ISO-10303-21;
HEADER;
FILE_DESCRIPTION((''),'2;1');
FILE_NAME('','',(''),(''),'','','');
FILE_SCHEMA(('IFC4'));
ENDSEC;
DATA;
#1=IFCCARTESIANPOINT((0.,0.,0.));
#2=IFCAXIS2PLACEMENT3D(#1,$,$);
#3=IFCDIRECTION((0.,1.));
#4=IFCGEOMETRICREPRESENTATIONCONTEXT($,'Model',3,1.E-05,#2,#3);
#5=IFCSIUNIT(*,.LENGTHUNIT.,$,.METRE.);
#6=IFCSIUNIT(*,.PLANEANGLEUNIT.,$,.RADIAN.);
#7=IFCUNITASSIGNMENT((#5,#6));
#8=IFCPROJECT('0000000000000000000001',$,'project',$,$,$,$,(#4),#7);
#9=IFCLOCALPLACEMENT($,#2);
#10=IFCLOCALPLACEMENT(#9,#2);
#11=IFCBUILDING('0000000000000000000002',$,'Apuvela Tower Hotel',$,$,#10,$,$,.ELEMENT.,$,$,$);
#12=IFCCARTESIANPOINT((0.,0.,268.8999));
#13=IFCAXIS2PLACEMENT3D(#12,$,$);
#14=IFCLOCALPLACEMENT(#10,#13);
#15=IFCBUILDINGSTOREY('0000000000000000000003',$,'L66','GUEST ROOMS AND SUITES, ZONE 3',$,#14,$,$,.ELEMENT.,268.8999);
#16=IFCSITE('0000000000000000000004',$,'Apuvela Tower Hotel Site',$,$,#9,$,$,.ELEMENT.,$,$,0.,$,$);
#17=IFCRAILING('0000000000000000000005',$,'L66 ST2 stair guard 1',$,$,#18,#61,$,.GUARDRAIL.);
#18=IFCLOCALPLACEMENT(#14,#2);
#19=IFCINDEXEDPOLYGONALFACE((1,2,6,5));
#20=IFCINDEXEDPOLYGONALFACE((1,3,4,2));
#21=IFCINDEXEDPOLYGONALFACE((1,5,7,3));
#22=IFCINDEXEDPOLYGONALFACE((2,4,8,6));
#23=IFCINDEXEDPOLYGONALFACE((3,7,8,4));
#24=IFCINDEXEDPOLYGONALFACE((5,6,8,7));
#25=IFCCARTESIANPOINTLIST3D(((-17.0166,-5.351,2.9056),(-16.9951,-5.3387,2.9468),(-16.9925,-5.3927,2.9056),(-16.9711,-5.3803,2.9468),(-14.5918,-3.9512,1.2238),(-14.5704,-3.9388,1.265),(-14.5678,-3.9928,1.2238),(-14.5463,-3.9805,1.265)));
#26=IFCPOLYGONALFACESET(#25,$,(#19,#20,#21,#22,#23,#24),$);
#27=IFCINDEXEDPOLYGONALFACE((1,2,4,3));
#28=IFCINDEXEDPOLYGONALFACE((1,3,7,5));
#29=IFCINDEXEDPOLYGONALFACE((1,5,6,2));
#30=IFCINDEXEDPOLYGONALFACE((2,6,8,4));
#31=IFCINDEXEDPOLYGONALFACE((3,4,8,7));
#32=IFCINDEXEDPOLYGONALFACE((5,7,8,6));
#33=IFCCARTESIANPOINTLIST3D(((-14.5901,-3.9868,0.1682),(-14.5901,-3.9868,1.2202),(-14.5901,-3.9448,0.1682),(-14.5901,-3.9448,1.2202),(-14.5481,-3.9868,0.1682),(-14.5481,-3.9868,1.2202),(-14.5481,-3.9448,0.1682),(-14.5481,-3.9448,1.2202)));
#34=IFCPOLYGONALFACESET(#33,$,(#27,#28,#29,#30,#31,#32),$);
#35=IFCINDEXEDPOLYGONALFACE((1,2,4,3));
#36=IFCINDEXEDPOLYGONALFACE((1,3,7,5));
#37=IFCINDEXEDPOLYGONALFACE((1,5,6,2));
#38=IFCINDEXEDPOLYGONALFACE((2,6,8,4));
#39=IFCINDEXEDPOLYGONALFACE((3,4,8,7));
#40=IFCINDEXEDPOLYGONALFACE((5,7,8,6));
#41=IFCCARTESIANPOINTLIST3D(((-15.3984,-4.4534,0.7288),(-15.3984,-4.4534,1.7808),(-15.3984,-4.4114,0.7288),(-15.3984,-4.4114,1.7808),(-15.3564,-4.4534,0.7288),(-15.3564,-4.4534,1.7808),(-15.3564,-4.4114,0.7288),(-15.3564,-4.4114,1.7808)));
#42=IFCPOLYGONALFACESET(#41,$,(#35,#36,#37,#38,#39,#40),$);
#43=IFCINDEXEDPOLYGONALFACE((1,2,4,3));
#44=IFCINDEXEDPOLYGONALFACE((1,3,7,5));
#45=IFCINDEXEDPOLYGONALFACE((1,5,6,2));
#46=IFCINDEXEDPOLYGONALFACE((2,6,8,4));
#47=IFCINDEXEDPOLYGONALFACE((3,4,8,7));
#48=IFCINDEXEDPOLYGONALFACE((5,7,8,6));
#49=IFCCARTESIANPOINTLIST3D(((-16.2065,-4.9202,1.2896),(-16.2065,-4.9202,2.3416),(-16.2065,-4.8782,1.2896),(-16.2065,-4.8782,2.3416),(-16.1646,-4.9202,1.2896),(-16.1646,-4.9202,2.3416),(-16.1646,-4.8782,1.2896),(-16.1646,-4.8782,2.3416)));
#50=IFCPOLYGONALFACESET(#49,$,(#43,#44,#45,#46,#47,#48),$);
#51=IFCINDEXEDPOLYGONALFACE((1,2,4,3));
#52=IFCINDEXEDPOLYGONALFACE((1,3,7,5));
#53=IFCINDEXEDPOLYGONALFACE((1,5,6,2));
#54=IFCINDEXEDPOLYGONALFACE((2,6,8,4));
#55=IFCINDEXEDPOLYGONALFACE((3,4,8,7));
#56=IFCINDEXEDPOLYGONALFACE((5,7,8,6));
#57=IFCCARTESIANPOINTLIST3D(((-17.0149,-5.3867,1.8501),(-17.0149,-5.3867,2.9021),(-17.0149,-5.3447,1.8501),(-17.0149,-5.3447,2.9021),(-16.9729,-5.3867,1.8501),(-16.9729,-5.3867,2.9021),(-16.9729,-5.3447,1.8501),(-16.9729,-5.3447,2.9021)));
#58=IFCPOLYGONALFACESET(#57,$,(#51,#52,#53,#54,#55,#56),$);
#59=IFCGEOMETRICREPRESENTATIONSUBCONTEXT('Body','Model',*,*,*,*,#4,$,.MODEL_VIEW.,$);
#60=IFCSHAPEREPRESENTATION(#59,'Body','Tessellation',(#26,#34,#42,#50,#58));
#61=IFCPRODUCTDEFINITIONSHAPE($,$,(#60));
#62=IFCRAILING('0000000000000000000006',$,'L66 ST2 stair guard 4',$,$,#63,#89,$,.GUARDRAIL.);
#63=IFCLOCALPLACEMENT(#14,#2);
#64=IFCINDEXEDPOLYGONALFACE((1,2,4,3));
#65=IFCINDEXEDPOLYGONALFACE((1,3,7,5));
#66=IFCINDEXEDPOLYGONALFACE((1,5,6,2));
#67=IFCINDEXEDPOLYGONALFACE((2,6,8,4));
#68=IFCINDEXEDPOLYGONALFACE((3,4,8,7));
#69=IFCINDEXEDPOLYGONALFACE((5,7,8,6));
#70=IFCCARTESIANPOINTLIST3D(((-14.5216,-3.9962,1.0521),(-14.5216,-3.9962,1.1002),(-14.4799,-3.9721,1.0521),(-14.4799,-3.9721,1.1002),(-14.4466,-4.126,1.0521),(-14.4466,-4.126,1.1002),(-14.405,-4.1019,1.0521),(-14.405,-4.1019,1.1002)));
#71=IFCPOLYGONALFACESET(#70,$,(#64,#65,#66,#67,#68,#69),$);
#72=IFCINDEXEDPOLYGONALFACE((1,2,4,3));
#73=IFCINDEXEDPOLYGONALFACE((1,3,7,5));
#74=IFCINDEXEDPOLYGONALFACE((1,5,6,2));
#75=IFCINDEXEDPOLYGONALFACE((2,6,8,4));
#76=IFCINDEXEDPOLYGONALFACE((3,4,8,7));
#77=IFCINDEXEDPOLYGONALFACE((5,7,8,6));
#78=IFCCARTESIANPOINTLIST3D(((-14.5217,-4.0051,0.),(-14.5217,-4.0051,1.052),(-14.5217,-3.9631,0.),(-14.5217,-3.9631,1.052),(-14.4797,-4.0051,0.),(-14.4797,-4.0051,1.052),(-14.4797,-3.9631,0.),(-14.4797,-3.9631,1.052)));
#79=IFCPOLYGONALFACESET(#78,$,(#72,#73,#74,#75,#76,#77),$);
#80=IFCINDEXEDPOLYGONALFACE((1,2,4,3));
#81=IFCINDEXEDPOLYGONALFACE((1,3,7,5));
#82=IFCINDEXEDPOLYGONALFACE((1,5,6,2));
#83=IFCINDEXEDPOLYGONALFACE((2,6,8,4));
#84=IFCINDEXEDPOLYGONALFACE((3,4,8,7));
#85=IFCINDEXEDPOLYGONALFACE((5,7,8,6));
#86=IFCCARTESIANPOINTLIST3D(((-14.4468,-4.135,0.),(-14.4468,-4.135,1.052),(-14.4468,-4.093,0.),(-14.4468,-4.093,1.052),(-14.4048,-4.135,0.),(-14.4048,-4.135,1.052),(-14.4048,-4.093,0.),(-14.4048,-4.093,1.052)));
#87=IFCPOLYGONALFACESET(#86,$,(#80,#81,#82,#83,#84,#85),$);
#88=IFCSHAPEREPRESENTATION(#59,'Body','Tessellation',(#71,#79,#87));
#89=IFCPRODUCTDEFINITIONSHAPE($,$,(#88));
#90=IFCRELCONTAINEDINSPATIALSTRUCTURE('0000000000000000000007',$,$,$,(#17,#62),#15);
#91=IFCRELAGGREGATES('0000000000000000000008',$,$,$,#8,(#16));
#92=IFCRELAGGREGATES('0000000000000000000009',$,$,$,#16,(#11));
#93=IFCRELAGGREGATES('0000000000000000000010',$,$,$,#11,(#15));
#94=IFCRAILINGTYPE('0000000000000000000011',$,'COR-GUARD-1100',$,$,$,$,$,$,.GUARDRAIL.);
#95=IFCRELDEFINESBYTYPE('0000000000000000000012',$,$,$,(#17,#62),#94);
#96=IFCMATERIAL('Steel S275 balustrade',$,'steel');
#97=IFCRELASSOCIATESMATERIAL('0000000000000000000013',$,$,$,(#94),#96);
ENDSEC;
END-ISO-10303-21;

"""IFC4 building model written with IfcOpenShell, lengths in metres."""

from ifc_helpers import new_model, si_unit, direction, frame, origin, origin_2d, place, context, subcontext, project, spatial, rectangle, extrude, material, type_object, element, save


model = new_model("IFC4")

# Units and contexts
model_context = context("Model", 3, precision=1e-05, world=origin(), true_north=direction((0.0, 1.0)))
body_context = subcontext(model_context, "Body", "Model", "MODEL_VIEW")
ifc_project = project(units=[si_unit("LENGTHUNIT", "METRE"), si_unit("PLANEANGLEUNIT", "RADIAN")], contexts=[model_context])

# Site, building, storey
site_placement = place(None, origin())
site = spatial("IfcSite", under=ifc_project, at=site_placement, Name="Apuvela Tower Hotel Site", CompositionType="ELEMENT", RefElevation=0.0)
building_placement = place(site_placement, origin())
building = spatial("IfcBuilding", under=site, at=building_placement, Name="Apuvela Tower Hotel", CompositionType="ELEMENT")
storey_placement = place(building_placement, frame((0.0, 0.0, 268.8999)))
storey = spatial("IfcBuildingStorey", under=building, at=storey_placement, Name="L66", Description="GUEST ROOMS AND SUITES, ZONE 3", CompositionType="ELEMENT", Elevation=268.8999)

# Railings
ifc_material_1 = material(Name="Steel S275 balustrade", Category="steel")
railing_type = type_object("IfcRailingType", Name="COR-GUARD-1100", PredefinedType="GUARDRAIL", material=ifc_material_1)
railing_1_placement = place(storey_placement, frame((-14.5691, -3.9658, 0.1682)))
element("IfcRailing", 1, at=railing_1_placement, inside=storey, type_object=railing_type, Name="L66 ST2 stair guard 1", PredefinedType="GUARDRAIL", context=body_context, shape_type="SweptSolid", body=[
    extrude(rectangle(XDim=0.0481, YDim=0.0481, at=origin_2d()), frame((0.0, 0.0, 1.0762), z_axis=(-0.74239, -0.428601, 0.514934), x_axis=(0.499984, -0.866035, 0.0)), (0.0, 0.0, 1.0), 3.2661),
    extrude(rectangle(XDim=0.042, YDim=0.042, at=origin_2d()), origin(), (0.0, 0.0, 1.0), 1.052),
    extrude(rectangle(XDim=0.042, YDim=0.042, at=origin_2d()), frame((-0.8083, -0.4666, 0.5605)), (0.0, 0.0, 1.0), 1.052),
    extrude(rectangle(XDim=0.042, YDim=0.042, at=origin_2d()), frame((-1.6165, -0.9333, 1.1213)), (0.0, 0.0, 1.0), 1.052),
    extrude(rectangle(XDim=0.042, YDim=0.042, at=origin_2d()), frame((-2.4248, -1.3999, 1.6819)), (0.0, 0.0, 1.0), 1.052),
])
railing_2_placement = place(storey_placement, frame((-14.5007, -3.9841, 0.0)))
element("IfcRailing", 2, at=railing_2_placement, inside=storey, type_object=railing_type, Name="L66 ST2 stair guard 4", PredefinedType="GUARDRAIL", context=body_context, shape_type="SweptSolid", body=[
    extrude(rectangle(XDim=0.0481, YDim=0.0481, at=origin_2d()), frame((0.0, 0.0, 1.0762), z_axis=(0.499816, -0.866131, 0.0), x_axis=(0.866131, 0.499816, 0.0)), (0.0, 0.0, 1.0), 0.1499),
    extrude(rectangle(XDim=0.042, YDim=0.042, at=origin_2d()), origin(), (0.0, 0.0, 1.0), 1.052),
    extrude(rectangle(XDim=0.042, YDim=0.042, at=origin_2d()), frame((0.075, -0.1299, 0.0)), (0.0, 0.0, 1.0), 1.052),
])

save(model, "model.ifc")
